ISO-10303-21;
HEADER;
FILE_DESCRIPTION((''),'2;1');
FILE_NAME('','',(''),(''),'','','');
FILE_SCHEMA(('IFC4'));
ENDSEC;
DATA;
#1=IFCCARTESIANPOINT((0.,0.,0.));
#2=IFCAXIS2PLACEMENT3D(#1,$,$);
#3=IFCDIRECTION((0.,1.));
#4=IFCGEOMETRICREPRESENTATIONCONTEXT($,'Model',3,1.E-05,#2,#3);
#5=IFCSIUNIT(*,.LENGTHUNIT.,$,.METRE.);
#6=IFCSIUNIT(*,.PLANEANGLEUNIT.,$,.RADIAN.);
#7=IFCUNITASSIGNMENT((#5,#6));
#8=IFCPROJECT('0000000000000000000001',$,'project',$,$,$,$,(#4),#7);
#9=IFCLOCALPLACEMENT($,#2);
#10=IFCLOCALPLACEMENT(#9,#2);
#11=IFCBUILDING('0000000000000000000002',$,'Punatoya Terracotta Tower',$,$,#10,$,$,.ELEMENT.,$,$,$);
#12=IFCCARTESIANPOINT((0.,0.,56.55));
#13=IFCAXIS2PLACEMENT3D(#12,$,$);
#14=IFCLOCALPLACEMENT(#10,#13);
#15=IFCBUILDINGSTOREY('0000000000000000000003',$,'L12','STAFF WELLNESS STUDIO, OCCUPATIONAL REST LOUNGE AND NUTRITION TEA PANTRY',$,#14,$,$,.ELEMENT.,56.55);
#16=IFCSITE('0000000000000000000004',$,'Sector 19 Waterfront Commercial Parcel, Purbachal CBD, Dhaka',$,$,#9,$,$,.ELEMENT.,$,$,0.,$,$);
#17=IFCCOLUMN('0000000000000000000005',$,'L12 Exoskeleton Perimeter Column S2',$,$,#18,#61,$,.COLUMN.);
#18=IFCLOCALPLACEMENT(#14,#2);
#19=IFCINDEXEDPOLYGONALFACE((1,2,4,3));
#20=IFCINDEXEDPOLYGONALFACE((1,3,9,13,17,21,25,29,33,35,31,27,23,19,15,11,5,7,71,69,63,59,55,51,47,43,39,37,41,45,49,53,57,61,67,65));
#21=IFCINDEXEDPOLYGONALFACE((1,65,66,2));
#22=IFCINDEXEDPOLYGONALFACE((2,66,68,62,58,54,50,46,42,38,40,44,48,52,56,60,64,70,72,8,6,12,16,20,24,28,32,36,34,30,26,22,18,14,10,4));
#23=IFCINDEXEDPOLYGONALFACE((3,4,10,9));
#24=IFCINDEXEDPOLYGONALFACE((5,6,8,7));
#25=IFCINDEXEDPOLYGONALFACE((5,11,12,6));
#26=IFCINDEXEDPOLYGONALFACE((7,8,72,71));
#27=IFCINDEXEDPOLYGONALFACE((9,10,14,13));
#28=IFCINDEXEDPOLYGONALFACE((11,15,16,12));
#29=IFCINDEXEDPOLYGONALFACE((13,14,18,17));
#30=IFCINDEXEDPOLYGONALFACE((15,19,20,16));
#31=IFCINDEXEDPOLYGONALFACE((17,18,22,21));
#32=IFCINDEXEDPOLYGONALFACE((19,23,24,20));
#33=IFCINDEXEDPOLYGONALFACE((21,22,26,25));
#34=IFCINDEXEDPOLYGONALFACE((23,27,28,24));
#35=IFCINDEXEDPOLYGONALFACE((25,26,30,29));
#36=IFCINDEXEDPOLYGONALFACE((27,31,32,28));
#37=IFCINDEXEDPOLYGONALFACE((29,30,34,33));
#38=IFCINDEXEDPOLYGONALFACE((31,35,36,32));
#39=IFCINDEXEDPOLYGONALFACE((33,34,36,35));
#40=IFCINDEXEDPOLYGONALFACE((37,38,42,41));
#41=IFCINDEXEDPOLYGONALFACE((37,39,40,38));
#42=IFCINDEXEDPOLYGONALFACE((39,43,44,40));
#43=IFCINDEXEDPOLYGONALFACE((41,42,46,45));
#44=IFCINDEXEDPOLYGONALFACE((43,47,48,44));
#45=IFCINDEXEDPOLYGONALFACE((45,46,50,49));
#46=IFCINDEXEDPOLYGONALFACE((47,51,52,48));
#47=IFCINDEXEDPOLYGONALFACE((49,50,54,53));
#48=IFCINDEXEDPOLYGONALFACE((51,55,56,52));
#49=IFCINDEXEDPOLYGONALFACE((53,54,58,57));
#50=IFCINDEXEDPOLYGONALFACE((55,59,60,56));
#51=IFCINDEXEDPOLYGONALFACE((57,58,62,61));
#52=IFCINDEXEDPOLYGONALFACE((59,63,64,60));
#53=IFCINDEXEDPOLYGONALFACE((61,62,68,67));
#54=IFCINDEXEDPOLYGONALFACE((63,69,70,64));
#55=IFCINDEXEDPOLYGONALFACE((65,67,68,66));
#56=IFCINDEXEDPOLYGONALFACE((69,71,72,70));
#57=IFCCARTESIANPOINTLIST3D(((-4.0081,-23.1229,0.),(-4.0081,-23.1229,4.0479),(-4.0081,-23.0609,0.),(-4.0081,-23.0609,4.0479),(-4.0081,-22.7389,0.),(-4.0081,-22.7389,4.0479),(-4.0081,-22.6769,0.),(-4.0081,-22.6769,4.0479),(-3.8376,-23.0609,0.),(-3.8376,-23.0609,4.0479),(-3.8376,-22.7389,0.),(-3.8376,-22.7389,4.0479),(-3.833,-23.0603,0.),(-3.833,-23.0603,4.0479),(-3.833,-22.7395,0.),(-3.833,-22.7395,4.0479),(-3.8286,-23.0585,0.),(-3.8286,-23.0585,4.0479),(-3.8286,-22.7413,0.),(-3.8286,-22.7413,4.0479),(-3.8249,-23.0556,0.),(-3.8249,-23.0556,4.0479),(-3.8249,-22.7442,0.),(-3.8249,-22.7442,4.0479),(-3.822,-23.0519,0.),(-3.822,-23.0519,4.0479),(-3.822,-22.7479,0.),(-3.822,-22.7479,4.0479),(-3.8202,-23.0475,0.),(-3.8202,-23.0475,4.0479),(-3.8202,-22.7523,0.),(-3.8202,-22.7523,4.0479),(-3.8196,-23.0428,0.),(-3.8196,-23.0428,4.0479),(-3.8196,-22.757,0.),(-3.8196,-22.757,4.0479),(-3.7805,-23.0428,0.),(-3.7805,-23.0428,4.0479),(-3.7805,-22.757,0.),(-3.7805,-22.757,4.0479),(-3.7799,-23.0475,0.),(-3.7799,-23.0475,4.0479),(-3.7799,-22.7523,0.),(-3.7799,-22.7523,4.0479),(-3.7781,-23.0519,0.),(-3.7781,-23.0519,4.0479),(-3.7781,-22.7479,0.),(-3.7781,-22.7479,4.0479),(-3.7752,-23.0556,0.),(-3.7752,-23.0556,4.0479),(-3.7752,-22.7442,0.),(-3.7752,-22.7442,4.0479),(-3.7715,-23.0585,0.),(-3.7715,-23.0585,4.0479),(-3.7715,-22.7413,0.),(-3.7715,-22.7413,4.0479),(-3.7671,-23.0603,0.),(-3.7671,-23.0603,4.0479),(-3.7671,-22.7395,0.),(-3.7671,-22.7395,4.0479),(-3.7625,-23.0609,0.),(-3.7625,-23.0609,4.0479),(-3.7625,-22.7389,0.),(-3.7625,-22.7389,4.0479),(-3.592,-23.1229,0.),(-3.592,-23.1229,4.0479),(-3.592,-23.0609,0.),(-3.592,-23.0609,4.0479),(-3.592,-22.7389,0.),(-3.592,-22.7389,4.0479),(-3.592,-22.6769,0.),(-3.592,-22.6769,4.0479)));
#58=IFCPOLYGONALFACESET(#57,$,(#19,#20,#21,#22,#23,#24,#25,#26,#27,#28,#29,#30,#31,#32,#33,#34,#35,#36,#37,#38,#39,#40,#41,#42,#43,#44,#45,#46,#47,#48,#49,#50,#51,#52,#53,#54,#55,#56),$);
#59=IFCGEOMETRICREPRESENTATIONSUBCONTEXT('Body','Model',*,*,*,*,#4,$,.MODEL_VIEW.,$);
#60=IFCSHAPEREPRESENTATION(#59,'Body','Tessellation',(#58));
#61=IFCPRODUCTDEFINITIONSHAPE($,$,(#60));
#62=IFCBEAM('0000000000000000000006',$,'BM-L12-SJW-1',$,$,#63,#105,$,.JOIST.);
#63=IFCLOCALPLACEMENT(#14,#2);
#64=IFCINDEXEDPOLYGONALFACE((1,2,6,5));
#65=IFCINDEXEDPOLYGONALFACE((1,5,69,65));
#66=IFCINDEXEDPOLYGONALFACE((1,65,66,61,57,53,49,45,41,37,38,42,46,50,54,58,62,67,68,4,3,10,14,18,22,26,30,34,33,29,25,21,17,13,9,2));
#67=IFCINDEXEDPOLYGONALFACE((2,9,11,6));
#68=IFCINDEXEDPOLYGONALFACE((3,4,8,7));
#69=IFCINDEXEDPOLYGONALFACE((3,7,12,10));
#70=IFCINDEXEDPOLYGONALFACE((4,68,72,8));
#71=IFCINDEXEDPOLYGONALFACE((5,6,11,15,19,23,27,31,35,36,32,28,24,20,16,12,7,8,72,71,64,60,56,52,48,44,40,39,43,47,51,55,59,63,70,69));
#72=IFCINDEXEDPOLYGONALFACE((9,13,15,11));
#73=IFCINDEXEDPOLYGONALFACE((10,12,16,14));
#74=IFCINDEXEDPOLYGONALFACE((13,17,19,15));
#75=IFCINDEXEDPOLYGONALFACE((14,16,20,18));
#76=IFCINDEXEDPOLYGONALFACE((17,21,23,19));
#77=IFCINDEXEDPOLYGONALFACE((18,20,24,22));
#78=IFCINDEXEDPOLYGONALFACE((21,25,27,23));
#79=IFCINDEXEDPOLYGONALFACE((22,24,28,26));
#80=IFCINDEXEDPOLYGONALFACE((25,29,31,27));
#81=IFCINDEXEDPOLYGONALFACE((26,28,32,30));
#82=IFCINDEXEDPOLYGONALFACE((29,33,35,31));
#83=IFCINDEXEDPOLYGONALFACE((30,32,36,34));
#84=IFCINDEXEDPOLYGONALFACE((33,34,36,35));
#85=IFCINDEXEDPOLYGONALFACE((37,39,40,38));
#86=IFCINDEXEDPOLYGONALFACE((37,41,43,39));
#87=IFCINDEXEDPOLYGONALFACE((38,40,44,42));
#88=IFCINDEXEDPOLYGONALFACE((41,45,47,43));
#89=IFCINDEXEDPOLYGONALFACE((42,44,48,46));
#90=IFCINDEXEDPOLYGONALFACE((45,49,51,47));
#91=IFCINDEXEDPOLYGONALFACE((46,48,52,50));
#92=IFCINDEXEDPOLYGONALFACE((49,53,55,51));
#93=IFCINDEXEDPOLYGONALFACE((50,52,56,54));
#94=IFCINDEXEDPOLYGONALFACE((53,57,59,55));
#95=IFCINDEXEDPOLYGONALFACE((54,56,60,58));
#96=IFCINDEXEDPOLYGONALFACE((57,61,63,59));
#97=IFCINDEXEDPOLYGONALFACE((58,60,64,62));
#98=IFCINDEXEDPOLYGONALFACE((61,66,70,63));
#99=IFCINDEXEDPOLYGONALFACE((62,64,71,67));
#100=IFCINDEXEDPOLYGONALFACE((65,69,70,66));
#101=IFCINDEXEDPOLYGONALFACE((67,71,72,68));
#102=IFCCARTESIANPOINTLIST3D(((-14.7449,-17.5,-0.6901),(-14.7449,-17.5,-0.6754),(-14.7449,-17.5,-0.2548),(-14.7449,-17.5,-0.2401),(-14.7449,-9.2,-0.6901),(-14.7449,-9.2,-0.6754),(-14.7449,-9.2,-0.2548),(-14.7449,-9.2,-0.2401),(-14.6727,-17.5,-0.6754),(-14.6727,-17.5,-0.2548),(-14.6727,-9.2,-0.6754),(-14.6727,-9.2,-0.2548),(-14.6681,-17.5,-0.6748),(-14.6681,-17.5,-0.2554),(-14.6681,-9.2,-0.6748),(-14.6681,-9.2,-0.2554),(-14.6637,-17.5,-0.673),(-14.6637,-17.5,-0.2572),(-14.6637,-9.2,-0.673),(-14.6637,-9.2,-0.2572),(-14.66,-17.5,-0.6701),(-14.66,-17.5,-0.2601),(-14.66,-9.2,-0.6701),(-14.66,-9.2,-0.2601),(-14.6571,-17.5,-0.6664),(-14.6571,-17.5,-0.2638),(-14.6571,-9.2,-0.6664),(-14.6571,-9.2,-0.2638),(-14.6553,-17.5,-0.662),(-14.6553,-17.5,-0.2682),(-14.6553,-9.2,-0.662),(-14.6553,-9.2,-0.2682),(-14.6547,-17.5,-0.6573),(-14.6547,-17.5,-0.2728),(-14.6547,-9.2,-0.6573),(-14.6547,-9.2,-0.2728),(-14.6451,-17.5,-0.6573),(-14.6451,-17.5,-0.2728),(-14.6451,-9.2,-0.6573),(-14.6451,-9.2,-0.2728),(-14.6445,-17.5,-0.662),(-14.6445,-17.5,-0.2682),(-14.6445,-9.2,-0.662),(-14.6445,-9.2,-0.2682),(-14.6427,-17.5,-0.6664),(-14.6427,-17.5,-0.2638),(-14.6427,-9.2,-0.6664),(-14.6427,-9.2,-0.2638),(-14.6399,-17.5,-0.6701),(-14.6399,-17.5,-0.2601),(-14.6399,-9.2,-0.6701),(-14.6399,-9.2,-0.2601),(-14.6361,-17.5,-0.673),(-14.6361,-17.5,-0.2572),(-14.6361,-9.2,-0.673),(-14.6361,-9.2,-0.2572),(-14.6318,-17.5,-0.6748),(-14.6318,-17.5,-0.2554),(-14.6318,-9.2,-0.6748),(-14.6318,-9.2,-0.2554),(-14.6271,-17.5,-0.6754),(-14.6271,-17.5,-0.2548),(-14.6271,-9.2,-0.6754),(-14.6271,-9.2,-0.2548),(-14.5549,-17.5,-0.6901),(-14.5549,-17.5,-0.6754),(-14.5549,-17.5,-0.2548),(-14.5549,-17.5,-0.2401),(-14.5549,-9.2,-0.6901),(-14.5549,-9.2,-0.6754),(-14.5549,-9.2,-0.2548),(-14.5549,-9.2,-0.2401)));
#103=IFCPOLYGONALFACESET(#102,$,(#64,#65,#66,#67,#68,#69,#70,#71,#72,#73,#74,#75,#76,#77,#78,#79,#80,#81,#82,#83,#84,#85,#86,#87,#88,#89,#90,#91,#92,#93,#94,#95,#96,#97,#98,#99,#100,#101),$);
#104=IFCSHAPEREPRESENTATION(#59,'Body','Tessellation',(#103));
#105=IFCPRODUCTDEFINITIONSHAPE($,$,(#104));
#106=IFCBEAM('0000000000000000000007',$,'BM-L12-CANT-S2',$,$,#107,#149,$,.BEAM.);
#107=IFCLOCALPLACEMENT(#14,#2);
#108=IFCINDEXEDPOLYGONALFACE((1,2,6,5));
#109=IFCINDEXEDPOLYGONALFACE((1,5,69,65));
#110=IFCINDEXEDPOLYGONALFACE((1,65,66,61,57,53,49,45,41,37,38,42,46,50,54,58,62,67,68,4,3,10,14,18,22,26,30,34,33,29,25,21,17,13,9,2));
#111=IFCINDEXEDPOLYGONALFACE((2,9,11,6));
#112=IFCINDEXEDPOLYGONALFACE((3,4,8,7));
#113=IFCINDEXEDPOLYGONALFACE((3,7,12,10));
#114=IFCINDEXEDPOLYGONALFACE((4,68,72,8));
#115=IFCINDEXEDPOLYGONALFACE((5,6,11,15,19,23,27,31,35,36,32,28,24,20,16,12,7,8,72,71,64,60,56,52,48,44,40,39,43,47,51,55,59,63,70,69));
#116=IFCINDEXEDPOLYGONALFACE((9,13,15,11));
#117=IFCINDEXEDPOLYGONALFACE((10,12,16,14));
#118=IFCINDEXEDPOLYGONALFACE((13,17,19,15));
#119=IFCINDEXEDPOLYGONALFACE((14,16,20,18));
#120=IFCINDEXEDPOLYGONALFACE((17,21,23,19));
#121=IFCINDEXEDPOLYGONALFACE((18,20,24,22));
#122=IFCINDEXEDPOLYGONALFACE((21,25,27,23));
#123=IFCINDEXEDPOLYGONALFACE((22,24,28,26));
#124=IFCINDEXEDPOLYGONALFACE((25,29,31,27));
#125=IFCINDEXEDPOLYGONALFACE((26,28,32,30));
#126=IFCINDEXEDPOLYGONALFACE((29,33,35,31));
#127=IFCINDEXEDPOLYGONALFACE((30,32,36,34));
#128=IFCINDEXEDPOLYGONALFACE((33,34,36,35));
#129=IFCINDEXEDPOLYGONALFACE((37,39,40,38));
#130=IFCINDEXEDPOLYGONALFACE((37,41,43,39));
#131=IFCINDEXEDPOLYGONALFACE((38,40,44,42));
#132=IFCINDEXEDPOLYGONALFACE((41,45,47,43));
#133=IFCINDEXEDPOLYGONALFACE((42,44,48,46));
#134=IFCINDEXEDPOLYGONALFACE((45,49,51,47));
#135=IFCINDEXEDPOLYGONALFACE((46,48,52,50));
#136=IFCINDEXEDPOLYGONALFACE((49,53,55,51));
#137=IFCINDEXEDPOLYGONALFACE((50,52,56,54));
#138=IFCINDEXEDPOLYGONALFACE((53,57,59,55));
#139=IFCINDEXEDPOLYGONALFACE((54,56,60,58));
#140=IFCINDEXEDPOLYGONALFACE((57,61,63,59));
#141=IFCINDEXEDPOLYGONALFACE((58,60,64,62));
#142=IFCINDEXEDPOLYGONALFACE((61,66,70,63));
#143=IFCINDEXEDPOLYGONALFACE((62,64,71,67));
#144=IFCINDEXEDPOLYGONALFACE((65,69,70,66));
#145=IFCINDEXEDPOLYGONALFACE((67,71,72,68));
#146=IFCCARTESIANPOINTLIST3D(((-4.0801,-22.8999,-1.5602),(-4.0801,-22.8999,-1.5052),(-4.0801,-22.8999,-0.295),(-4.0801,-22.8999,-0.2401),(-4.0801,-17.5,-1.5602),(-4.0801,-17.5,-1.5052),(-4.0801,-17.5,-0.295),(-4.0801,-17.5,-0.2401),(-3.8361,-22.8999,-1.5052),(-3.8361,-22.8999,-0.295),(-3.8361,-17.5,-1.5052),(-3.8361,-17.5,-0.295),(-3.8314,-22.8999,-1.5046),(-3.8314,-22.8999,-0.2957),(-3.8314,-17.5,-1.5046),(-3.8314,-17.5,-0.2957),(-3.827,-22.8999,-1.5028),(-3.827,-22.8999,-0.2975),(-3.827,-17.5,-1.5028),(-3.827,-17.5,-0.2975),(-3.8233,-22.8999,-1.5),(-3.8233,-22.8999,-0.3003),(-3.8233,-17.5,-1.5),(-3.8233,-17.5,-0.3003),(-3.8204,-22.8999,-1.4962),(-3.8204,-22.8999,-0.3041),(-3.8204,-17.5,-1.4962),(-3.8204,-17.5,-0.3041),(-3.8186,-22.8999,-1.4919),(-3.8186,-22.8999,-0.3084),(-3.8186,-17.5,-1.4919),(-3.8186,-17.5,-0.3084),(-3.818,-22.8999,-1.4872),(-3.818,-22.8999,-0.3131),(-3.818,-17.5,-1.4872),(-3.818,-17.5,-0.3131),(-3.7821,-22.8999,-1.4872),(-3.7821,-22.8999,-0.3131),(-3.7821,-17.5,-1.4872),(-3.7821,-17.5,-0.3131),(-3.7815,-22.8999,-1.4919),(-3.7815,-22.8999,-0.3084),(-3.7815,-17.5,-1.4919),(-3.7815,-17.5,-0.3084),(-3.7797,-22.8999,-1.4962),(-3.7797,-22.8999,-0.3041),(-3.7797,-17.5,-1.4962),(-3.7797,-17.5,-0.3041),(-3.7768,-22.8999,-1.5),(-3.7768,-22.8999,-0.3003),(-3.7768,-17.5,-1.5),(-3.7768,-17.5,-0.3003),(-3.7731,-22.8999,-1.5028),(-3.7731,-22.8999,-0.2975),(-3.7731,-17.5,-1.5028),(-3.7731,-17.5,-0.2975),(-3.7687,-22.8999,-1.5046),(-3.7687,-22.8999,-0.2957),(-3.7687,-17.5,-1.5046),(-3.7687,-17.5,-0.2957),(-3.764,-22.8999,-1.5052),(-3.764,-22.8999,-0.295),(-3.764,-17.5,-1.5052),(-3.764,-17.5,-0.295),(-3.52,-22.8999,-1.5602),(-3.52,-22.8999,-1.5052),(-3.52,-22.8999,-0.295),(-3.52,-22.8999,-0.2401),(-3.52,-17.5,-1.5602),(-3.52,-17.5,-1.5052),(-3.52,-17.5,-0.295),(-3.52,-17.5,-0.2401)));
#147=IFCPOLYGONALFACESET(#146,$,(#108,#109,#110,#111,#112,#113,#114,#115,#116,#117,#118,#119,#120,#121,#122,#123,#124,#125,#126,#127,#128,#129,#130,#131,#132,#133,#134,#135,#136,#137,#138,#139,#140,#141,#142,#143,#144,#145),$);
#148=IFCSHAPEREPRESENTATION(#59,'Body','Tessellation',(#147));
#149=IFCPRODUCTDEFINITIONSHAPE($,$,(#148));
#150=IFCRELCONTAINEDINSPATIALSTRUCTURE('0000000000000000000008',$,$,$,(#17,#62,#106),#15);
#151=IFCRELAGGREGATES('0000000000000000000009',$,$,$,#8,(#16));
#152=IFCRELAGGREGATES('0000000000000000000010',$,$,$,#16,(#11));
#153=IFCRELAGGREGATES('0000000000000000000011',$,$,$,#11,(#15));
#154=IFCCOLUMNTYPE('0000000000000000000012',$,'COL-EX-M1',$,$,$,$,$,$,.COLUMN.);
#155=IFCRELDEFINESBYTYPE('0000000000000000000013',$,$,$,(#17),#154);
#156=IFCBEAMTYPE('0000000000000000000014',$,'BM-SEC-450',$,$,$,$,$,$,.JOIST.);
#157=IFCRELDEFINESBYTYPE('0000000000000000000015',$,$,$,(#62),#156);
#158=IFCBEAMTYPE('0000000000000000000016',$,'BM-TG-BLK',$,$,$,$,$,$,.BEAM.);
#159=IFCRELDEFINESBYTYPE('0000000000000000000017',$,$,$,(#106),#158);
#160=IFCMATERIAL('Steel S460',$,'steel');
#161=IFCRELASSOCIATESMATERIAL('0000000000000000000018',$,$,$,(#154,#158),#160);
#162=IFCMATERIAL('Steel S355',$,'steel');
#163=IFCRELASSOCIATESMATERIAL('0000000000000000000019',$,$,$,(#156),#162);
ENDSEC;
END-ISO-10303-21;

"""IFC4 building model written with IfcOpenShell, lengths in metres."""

from ifc_helpers import new_model, si_unit, direction, frame, origin, origin_2d, place, context, subcontext, project, spatial, i_section, extrude, material, material_profile, profile_set, type_object, element, save


model = new_model("IFC4")

# Units and contexts
model_context = context("Model", 3, precision=1e-05, world=origin(), true_north=direction((0.0, 1.0)))
body_context = subcontext(model_context, "Body", "Model", "MODEL_VIEW")
ifc_project = project(units=[si_unit("LENGTHUNIT", "METRE"), si_unit("PLANEANGLEUNIT", "RADIAN")], contexts=[model_context])

# Site, building, storey
site_placement = place(None, origin())
site = spatial("IfcSite", under=ifc_project, at=site_placement, Name="Sector 19 Waterfront Commercial Parcel, Purbachal CBD, Dhaka", CompositionType="ELEMENT", RefElevation=0.0)
building_placement = place(site_placement, origin())
building = spatial("IfcBuilding", under=site, at=building_placement, Name="Punatoya Terracotta Tower", CompositionType="ELEMENT")
storey_placement = place(building_placement, frame((0.0, 0.0, 56.55)))
storey = spatial("IfcBuildingStorey", under=building, at=storey_placement, Name="L12", Description="STAFF WELLNESS STUDIO, OCCUPATIONAL REST LOUNGE AND NUTRITION TEA PANTRY", CompositionType="ELEMENT", Elevation=56.55)

# Column
ifc_material_1 = material(Name="Steel S460", Category="steel")
ifc_material_profile_1 = material_profile(ifc_material_1, i_section(OverallWidth=0.416, OverallDepth=0.446, WebThickness=0.0391, FlangeThickness=0.062, FilletRadius=0.0181, at=origin_2d()))
ifc_profile_set_1 = profile_set([ifc_material_profile_1], Name="Steel S460")
column_type = type_object("IfcColumnType", Name="COL-EX-M1", PredefinedType="COLUMN", material=ifc_profile_set_1)
column_placement = place(storey_placement, frame((-3.8, -22.8999, 0.0), z_axis=(0.0, 0.0, 1.0), x_axis=(1.0, 0.0, 0.0)))
element("IfcColumn", 1, at=column_placement, inside=storey, type_object=column_type, Name="L12 Exoskeleton Perimeter Column S2", PredefinedType="COLUMN", context=body_context, shape_type="SweptSolid", body=[
    extrude(i_section(OverallWidth=0.416, OverallDepth=0.446, WebThickness=0.0391, FlangeThickness=0.062, FilletRadius=0.0181, at=origin_2d()), origin(), (0.0, 0.0, 1.0), 4.0479),
])

# Beams
ifc_material_2 = material(Name="Steel S355", Category="steel")
ifc_material_profile_2 = material_profile(ifc_material_2, i_section(OverallWidth=0.1899, OverallDepth=0.45, WebThickness=0.0095, FlangeThickness=0.0146, FilletRadius=0.0181, at=origin_2d()))
ifc_profile_set_2 = profile_set([ifc_material_profile_2], Name="Steel S355")
beam_type_1 = type_object("IfcBeamType", Name="BM-SEC-450", PredefinedType="JOIST", material=ifc_profile_set_2)
beam_1_placement = place(storey_placement, frame((-14.6499, -17.5, -0.4651), z_axis=(0.0, 1.0, 0.0), x_axis=(-1.0, 0.0, 0.0)))
element("IfcBeam", 2, at=beam_1_placement, inside=storey, type_object=beam_type_1, Name="BM-L12-SJW-1", PredefinedType="JOIST", context=body_context, shape_type="SweptSolid", body=[
    extrude(i_section(OverallWidth=0.1899, OverallDepth=0.45, WebThickness=0.0095, FlangeThickness=0.0146, FilletRadius=0.0181, at=origin_2d()), origin(), (0.0, 0.0, 1.0), 8.3),
])
ifc_material_profile_3 = material_profile(ifc_material_1, i_section(OverallWidth=0.5601, OverallDepth=1.3201, WebThickness=0.0359, FlangeThickness=0.0549, FilletRadius=0.0181, at=origin_2d()))
ifc_profile_set_3 = profile_set([ifc_material_profile_3], Name="Steel S460")
beam_type_2 = type_object("IfcBeamType", Name="BM-TG-BLK", PredefinedType="BEAM", material=ifc_profile_set_3)
beam_2_placement = place(storey_placement, frame((-3.8, -22.8999, -0.9001), z_axis=(0.0, 1.0, 0.0), x_axis=(-1.0, 0.0, 0.0)))
element("IfcBeam", 3, at=beam_2_placement, inside=storey, type_object=beam_type_2, Name="BM-L12-CANT-S2", PredefinedType="BEAM", context=body_context, shape_type="SweptSolid", body=[
    extrude(i_section(OverallWidth=0.5601, OverallDepth=1.3201, WebThickness=0.0359, FlangeThickness=0.0549, FilletRadius=0.0181, at=origin_2d()), origin(), (0.0, 0.0, 1.0), 5.3999),
])

save(model, "model.ifc")
